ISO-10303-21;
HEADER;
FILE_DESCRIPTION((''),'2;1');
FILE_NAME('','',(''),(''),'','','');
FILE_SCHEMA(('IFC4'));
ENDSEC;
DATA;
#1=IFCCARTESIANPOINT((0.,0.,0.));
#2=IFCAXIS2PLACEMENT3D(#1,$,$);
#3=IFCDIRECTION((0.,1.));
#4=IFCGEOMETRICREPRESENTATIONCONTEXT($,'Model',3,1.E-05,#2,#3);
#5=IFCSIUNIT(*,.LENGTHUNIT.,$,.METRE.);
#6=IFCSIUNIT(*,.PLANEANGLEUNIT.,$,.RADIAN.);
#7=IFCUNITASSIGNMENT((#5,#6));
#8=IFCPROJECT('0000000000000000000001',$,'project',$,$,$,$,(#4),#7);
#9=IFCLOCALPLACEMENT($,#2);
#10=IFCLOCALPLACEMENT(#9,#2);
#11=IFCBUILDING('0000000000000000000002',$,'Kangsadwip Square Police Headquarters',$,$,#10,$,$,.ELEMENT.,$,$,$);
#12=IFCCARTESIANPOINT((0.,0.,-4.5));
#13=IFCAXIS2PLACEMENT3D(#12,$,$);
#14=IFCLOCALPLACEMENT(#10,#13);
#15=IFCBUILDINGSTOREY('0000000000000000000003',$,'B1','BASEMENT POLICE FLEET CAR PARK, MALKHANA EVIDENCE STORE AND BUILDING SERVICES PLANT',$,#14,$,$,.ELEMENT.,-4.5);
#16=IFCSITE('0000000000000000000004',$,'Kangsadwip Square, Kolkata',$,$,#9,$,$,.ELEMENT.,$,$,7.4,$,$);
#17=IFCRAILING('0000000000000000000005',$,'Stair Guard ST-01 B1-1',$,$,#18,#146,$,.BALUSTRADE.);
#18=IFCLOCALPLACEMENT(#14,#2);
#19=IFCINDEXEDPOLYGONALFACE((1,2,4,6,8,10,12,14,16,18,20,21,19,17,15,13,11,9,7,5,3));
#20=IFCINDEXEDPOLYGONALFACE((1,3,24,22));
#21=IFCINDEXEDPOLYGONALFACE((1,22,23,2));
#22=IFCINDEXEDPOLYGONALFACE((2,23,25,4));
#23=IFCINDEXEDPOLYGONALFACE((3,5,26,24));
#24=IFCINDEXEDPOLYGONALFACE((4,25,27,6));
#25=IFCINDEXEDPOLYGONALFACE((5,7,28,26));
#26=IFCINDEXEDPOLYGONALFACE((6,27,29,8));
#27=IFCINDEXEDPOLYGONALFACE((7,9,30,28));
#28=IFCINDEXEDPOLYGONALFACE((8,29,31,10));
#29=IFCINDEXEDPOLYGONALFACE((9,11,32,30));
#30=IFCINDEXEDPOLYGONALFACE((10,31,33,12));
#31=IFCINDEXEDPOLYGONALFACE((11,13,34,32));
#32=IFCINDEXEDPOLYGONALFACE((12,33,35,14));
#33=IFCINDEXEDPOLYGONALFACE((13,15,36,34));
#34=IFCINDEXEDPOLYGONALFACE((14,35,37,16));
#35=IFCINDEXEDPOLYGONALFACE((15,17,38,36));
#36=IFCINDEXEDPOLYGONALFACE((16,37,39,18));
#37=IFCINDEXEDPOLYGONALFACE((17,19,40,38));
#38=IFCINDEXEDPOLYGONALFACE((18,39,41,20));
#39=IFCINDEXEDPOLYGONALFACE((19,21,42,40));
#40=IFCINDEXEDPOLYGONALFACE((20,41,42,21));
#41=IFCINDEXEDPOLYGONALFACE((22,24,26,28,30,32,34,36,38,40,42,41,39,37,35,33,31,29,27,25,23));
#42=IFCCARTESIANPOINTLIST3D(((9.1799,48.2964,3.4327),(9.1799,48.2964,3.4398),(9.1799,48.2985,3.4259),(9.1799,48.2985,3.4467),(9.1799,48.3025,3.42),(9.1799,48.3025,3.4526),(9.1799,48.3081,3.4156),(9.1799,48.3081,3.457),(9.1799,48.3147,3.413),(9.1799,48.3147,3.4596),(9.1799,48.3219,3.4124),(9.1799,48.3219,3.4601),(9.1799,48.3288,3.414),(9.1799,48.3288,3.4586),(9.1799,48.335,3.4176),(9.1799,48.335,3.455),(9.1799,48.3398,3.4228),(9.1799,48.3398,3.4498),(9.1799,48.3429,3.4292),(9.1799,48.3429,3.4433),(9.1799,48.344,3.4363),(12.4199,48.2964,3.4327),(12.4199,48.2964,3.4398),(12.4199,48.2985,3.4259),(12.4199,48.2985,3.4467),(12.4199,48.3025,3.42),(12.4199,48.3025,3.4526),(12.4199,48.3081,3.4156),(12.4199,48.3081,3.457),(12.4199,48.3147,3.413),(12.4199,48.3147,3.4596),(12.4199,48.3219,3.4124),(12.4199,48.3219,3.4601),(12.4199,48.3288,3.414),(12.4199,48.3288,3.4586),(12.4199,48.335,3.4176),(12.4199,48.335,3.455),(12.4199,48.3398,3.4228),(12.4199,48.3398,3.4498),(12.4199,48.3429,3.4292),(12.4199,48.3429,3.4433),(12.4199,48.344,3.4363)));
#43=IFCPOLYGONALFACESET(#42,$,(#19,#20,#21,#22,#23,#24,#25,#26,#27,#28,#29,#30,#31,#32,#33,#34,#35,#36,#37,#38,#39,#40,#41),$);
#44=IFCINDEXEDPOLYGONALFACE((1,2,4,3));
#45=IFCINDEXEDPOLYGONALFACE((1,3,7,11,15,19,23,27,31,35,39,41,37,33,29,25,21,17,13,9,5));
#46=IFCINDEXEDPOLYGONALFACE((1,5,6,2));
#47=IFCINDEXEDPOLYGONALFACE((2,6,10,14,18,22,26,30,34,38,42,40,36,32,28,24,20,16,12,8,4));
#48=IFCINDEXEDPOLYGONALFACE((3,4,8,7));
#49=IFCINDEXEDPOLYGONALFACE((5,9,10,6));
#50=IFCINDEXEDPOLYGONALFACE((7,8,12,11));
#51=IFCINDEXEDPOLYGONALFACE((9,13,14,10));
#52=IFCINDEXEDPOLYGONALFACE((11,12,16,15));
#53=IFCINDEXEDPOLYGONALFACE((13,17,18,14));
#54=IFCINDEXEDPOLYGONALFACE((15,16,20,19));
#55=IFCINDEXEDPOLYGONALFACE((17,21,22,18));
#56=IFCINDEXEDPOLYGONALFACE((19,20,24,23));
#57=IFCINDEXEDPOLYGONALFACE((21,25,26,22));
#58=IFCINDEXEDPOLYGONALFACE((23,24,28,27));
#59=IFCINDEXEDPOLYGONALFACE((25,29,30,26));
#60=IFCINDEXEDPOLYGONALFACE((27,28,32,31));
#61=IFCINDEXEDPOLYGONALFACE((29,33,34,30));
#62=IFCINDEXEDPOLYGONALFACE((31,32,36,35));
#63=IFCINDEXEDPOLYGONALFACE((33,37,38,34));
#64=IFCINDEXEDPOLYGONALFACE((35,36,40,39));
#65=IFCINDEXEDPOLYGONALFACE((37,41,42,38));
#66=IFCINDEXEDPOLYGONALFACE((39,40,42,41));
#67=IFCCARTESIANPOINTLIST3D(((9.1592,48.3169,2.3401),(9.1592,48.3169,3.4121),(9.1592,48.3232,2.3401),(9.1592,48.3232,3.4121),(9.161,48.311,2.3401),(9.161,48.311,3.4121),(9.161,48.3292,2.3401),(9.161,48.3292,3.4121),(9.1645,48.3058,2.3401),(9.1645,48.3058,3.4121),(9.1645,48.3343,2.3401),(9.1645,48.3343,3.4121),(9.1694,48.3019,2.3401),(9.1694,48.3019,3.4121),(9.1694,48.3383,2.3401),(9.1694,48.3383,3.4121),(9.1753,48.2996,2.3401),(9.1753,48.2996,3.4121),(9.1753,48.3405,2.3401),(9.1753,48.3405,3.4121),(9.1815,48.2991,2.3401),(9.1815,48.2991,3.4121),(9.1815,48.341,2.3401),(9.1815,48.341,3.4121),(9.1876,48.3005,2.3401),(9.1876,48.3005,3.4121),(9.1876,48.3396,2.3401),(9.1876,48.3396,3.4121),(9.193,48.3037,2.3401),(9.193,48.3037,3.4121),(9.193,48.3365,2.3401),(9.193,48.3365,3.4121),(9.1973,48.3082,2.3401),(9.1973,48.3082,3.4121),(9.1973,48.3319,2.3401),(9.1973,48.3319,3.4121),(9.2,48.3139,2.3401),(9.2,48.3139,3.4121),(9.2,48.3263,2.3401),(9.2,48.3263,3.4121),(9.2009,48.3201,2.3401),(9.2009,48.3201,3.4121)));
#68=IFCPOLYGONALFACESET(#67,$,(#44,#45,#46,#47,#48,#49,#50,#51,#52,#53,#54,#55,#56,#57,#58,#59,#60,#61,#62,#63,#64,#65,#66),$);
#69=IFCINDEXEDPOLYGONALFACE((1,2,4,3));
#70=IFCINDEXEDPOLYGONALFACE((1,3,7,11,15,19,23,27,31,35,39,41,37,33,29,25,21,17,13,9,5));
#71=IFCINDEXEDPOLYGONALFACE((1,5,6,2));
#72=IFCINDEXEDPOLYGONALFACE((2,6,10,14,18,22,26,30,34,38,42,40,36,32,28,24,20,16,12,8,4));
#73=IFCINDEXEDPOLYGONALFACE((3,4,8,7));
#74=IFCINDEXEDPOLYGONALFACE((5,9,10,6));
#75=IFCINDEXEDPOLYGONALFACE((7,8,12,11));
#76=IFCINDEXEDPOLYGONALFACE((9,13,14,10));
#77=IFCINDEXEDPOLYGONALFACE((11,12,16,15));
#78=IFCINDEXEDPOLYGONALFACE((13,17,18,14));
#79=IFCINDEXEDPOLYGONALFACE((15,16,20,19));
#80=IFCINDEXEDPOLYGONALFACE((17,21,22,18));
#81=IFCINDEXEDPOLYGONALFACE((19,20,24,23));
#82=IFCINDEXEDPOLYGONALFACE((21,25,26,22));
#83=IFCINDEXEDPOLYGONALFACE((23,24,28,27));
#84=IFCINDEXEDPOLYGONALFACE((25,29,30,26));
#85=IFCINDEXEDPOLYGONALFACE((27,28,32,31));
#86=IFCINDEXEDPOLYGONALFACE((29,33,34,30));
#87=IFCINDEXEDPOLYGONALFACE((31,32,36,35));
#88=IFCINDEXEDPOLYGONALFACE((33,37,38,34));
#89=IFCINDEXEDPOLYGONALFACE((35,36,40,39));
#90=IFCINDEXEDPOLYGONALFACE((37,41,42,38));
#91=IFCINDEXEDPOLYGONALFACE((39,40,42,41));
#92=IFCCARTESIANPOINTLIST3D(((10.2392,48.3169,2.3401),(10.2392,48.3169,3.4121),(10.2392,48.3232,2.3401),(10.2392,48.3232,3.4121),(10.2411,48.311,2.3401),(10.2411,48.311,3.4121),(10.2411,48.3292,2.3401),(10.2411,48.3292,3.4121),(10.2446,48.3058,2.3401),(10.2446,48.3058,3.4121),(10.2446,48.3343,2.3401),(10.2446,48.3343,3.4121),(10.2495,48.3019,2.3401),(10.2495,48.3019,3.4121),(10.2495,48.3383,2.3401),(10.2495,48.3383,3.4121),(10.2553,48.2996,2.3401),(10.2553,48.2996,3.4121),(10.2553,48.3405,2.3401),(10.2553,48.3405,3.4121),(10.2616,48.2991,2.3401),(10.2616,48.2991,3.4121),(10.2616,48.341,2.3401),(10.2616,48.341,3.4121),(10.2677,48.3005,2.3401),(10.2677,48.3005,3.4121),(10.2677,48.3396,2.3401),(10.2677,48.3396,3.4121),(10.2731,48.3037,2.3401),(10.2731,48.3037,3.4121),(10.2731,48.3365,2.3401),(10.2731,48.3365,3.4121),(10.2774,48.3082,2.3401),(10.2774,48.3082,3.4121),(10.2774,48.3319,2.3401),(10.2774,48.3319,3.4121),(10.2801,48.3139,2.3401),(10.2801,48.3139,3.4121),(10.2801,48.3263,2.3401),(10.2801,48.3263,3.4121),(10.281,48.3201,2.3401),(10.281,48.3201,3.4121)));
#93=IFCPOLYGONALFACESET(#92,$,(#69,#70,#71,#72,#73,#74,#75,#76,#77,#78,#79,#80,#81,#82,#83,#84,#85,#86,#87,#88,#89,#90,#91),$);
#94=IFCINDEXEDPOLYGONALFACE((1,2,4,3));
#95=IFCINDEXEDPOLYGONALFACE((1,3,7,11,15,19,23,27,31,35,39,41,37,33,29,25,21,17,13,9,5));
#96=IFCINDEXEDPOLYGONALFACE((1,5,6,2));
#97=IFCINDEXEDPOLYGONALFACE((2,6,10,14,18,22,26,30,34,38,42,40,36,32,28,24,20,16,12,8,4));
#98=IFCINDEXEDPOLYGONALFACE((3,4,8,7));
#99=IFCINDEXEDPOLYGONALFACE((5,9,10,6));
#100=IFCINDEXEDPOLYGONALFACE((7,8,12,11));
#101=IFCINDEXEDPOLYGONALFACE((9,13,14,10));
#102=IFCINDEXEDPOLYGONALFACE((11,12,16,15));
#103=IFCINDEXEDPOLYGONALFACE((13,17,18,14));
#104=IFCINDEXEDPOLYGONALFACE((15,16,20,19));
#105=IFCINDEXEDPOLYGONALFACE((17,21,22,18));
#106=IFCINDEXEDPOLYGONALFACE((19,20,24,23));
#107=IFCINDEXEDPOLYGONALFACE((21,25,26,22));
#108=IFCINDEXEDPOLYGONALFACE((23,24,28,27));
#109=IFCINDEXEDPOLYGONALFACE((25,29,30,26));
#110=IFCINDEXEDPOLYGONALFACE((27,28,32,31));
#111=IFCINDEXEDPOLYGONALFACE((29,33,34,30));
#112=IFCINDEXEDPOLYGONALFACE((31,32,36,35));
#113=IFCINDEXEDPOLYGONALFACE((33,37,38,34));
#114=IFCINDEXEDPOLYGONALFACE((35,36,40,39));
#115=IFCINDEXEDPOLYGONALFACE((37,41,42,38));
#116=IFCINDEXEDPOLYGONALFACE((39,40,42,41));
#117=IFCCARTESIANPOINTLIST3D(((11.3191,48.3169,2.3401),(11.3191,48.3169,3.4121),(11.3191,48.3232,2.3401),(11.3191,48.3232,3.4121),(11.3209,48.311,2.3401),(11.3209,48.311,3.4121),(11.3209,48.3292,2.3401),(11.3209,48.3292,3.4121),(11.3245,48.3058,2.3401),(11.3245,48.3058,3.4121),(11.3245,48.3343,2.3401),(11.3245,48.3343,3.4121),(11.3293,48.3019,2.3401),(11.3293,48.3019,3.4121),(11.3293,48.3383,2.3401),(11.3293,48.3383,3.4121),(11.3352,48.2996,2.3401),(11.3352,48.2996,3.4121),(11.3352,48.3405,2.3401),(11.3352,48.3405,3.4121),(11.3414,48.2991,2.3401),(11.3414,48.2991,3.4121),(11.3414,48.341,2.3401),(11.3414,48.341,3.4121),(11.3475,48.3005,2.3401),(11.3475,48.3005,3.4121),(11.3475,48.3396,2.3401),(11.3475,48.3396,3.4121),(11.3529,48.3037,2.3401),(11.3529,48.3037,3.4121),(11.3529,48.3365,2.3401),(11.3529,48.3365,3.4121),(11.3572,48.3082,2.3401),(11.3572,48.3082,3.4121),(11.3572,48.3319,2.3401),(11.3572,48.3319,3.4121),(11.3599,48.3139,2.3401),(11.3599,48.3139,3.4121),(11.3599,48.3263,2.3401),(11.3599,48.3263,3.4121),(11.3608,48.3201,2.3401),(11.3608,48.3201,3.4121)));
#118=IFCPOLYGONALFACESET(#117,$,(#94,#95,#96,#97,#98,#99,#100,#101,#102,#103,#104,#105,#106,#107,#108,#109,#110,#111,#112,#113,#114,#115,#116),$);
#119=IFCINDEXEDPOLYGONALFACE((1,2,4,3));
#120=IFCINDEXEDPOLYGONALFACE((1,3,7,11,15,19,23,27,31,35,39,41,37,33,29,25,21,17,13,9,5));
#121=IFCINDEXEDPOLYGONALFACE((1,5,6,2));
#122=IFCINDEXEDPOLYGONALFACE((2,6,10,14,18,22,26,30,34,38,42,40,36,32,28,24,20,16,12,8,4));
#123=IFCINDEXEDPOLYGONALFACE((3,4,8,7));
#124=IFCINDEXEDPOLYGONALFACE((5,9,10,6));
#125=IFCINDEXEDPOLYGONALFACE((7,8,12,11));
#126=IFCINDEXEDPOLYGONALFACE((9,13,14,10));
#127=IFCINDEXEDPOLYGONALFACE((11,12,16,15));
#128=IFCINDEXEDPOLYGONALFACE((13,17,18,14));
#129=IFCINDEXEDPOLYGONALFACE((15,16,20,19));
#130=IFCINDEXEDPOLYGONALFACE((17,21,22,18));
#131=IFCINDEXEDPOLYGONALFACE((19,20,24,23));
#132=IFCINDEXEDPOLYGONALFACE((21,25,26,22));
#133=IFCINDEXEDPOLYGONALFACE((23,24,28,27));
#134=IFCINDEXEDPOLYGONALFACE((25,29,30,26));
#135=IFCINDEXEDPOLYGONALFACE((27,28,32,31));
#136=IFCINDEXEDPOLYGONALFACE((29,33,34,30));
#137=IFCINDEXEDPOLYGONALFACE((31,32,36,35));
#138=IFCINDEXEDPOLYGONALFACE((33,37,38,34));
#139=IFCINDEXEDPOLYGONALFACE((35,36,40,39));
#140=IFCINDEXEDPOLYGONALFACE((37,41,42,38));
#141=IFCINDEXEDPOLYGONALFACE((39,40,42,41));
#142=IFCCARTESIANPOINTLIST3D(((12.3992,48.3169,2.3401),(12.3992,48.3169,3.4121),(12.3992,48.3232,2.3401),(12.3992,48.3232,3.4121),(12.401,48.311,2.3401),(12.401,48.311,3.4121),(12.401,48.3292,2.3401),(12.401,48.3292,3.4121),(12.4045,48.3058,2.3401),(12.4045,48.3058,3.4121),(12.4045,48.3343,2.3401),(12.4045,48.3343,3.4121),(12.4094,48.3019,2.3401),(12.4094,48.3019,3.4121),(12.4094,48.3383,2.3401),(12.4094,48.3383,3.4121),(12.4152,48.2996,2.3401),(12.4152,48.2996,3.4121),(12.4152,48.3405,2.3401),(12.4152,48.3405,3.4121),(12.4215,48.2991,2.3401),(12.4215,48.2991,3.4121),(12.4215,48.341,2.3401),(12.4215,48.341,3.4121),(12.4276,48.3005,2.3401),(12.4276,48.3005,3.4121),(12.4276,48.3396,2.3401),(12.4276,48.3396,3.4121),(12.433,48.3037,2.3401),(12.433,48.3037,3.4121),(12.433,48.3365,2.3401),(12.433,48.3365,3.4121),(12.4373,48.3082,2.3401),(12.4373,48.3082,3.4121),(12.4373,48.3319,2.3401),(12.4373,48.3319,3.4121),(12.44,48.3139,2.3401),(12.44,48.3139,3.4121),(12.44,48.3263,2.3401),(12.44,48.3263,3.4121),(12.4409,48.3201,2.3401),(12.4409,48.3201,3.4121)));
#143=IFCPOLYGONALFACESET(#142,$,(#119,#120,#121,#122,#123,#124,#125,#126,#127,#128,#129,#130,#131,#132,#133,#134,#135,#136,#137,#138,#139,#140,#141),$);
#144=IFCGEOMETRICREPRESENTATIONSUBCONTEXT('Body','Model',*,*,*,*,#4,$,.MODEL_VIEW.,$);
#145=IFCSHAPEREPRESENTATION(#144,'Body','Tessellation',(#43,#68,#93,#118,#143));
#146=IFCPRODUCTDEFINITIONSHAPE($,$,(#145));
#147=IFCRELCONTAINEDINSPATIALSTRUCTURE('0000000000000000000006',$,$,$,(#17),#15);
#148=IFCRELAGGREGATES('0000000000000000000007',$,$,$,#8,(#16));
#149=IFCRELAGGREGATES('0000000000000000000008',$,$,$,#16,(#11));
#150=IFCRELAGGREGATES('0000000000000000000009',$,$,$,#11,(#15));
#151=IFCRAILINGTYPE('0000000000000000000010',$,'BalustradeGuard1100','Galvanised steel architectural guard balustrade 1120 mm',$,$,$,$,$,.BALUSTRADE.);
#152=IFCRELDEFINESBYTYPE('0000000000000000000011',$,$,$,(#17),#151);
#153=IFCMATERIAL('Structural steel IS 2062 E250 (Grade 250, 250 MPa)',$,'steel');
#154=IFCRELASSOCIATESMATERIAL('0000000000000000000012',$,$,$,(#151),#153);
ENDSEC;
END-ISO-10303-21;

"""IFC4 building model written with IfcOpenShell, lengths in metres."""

from ifc_helpers import new_model, si_unit, direction, frame, origin, origin_2d, place, context, subcontext, project, spatial, circle, extrude, material, type_object, element, save


model = new_model("IFC4")

# Units and contexts
model_context = context("Model", 3, precision=1e-05, world=origin(), true_north=direction((0.0, 1.0)))
body_context = subcontext(model_context, "Body", "Model", "MODEL_VIEW")
ifc_project = project(units=[si_unit("LENGTHUNIT", "METRE"), si_unit("PLANEANGLEUNIT", "RADIAN")], contexts=[model_context])

# Site, building, storey
site_placement = place(None, origin())
site = spatial("IfcSite", under=ifc_project, at=site_placement, Name="Kangsadwip Square, Kolkata", CompositionType="ELEMENT", RefElevation=7.4)
building_placement = place(site_placement, origin())
building = spatial("IfcBuilding", under=site, at=building_placement, Name="Kangsadwip Square Police Headquarters", CompositionType="ELEMENT")
storey_placement = place(building_placement, frame((0.0, 0.0, -4.5)))
storey = spatial("IfcBuildingStorey", under=building, at=storey_placement, Name="B1", Description="BASEMENT POLICE FLEET CAR PARK, MALKHANA EVIDENCE STORE AND BUILDING SERVICES PLANT", CompositionType="ELEMENT", Elevation=-4.5)

# Railing
ifc_material_1 = material(Name="Structural steel IS 2062 E250 (Grade 250, 250 MPa)", Category="steel")
railing_type_1 = type_object("IfcRailingType", Name="BalustradeGuard1100", Description="Galvanised steel architectural guard balustrade 1120 mm", PredefinedType="BALUSTRADE", material=ifc_material_1)
railing_1_placement = place(storey_placement, frame((9.1799, 48.3201, 2.3401)))
element("IfcRailing", 1, at=railing_1_placement, inside=storey, type_object=railing_type_1, Name="Stair Guard ST-01 B1-1", PredefinedType="BALUSTRADE", context=body_context, shape_type="SweptSolid", body=[
    extrude(circle(Radius=0.0239, at=origin_2d()), frame((0.0, 0.0, 1.0962), z_axis=(1.0, 0.0, 0.0), x_axis=(0.0, 1.0, 0.0)), (0.0, 0.0, 1.0), 3.24),
    extrude(circle(Radius=0.021, at=origin_2d()), origin(), (0.0, 0.0, 1.0), 1.072),
    extrude(circle(Radius=0.021, at=origin_2d()), frame((1.0801, 0.0, 0.0)), (0.0, 0.0, 1.0), 1.072),
    extrude(circle(Radius=0.021, at=origin_2d()), frame((2.1599, 0.0, 0.0)), (0.0, 0.0, 1.0), 1.072),
    extrude(circle(Radius=0.021, at=origin_2d()), frame((3.24, 0.0, 0.0)), (0.0, 0.0, 1.0), 1.072),
])

save(model, "model.ifc")
